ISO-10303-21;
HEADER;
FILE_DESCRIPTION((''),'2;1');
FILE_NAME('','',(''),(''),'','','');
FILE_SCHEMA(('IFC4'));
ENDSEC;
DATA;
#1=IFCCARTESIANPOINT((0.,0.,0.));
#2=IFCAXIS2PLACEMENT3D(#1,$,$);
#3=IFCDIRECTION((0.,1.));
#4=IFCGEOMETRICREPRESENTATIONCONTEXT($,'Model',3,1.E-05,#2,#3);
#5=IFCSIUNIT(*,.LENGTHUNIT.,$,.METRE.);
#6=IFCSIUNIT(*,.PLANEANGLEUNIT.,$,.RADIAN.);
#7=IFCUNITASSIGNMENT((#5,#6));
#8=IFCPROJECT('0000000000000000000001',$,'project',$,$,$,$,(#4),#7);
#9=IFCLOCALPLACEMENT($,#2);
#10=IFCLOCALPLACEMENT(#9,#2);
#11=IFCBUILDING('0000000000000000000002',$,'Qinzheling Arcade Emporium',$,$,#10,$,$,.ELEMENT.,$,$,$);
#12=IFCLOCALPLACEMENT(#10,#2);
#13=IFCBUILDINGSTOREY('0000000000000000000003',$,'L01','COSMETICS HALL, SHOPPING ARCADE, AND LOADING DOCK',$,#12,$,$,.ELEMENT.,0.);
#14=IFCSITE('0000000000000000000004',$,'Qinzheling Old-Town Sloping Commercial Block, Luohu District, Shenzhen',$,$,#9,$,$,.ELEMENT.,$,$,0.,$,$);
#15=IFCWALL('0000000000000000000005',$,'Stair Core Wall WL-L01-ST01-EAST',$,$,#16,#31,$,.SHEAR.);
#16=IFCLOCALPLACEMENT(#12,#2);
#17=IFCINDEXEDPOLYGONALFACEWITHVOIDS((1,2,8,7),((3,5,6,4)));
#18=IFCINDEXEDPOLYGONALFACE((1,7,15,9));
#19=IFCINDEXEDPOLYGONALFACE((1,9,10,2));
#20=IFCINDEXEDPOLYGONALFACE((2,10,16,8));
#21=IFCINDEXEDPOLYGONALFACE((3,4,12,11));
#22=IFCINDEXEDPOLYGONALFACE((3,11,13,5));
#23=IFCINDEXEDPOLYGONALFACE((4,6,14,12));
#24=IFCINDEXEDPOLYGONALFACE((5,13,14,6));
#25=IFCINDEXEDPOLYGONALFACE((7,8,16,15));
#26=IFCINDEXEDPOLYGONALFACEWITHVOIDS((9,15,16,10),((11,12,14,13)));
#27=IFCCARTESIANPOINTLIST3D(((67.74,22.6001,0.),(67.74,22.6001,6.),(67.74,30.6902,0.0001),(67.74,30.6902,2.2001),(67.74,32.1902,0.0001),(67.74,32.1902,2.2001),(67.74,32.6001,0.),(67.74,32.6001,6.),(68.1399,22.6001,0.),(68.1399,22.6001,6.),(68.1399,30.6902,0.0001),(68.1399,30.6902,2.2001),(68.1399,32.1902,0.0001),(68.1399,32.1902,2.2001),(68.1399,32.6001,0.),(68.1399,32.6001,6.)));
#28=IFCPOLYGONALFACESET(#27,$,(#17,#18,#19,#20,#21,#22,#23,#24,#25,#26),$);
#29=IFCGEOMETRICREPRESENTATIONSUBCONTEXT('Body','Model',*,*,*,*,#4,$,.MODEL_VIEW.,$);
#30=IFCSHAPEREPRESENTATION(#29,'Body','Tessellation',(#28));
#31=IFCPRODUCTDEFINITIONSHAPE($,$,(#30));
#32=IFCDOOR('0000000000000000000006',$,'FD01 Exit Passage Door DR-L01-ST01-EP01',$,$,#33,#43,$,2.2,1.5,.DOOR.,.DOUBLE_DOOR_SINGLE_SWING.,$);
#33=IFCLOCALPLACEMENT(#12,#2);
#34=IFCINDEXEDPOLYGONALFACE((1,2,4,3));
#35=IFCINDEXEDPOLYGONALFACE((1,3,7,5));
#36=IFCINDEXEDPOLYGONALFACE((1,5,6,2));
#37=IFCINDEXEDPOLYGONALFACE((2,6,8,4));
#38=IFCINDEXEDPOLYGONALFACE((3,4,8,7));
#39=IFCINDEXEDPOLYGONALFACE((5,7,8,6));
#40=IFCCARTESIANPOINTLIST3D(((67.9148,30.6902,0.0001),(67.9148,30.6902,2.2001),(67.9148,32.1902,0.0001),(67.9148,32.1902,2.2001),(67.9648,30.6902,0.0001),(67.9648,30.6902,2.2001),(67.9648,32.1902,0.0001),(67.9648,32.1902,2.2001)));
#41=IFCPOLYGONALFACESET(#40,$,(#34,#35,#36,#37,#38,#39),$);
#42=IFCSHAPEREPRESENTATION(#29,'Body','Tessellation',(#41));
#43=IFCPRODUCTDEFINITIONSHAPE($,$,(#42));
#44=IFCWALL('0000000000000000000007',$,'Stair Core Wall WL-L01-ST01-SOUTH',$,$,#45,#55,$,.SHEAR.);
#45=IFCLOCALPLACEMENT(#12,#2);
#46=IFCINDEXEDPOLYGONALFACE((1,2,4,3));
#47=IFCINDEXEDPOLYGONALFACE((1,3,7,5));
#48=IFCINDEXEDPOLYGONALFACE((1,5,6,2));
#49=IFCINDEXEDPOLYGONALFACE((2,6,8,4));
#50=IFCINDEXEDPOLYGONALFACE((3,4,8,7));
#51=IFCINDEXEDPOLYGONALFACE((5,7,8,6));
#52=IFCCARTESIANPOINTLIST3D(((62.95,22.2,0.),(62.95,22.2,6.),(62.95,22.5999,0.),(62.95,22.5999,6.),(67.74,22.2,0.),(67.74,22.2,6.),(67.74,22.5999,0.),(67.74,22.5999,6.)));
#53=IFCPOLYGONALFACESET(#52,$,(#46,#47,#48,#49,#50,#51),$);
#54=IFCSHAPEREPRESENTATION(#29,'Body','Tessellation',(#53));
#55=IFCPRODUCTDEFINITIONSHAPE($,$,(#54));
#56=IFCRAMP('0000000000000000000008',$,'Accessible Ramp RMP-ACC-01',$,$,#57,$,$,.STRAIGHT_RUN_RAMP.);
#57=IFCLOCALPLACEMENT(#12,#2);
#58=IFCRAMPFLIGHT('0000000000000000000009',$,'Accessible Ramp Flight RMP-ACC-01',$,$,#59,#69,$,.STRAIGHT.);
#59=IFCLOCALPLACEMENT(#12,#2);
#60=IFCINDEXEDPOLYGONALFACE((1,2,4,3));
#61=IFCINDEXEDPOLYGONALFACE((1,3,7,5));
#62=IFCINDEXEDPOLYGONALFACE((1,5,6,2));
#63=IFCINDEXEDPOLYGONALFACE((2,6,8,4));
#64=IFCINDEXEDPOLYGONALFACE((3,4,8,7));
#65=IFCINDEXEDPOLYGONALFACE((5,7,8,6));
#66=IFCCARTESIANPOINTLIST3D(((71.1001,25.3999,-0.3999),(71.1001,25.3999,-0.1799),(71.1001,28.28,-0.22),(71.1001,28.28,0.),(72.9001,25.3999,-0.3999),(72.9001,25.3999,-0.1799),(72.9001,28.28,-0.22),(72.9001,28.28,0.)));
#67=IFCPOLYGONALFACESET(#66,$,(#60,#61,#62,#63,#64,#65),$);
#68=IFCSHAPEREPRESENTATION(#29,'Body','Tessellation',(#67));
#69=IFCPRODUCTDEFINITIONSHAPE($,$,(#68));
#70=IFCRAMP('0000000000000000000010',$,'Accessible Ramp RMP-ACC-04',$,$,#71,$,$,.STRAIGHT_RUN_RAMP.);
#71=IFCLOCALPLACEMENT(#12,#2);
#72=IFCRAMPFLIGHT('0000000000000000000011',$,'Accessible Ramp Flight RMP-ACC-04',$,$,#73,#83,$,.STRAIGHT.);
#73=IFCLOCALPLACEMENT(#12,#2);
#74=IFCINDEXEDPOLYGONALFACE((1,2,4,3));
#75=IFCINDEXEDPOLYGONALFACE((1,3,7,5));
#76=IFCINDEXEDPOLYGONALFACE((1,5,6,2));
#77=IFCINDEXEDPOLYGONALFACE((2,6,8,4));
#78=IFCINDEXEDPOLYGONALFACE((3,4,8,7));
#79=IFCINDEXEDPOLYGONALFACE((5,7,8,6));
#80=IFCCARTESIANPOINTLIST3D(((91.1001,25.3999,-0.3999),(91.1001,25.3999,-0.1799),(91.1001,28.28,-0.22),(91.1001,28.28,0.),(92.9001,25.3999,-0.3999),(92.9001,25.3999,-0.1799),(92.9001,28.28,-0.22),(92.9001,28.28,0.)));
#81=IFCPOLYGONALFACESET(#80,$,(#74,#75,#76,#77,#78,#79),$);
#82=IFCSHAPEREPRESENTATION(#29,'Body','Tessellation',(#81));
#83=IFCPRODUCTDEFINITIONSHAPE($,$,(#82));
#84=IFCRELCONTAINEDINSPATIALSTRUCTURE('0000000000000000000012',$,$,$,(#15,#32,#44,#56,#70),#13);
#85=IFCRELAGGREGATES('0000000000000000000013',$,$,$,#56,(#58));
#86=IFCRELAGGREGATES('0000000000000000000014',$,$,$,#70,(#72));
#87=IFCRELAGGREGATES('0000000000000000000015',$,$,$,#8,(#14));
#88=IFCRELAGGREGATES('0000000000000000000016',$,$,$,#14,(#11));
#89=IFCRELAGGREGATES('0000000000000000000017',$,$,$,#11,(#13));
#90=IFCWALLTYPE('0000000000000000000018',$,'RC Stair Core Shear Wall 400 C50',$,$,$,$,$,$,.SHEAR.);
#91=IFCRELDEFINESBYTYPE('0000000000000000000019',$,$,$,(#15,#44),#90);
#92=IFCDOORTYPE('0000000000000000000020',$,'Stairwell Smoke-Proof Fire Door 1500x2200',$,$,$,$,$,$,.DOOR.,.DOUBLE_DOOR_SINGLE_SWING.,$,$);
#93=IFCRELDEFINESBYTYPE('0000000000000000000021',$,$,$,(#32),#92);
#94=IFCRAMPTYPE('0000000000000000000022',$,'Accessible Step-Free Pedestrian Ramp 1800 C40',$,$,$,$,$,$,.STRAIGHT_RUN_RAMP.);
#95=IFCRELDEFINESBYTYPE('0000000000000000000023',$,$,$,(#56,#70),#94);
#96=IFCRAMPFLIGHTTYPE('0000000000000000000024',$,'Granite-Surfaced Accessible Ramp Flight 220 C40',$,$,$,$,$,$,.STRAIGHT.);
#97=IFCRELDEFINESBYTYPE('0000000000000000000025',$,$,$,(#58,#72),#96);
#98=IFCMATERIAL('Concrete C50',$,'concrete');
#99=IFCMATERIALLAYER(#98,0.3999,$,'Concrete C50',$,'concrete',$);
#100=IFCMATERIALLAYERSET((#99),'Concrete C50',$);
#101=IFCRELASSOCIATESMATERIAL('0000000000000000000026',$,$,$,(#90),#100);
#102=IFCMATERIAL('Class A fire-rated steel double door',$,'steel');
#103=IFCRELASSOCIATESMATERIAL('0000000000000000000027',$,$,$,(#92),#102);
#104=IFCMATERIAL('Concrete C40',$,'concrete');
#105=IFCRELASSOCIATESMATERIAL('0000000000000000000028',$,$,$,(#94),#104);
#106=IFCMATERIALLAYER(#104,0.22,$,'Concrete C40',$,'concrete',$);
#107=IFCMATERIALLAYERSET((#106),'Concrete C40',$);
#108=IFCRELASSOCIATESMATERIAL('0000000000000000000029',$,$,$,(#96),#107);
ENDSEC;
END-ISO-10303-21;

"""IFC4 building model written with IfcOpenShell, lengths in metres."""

from ifc_helpers import new_model, si_unit, direction, frame, frame_2d, origin, place, context, subcontext, project, spatial, polyline, rectangle, outline, extrude, material, layer, layer_set, type_object, element, fill, aggregate, save


model = new_model("IFC4")

# Units and contexts
model_context = context("Model", 3, precision=1e-05, world=origin(), true_north=direction((0.0, 1.0)))
body_context = subcontext(model_context, "Body", "Model", "MODEL_VIEW")
ifc_project = project(units=[si_unit("LENGTHUNIT", "METRE"), si_unit("PLANEANGLEUNIT", "RADIAN")], contexts=[model_context])

# Site, building, storey
site_placement = place(None, origin())
site = spatial("IfcSite", under=ifc_project, at=site_placement, Name="Qinzheling Old-Town Sloping Commercial Block, Luohu District, Shenzhen", CompositionType="ELEMENT", RefElevation=0.0)
building_placement = place(site_placement, origin())
building = spatial("IfcBuilding", under=site, at=building_placement, Name="Qinzheling Arcade Emporium", CompositionType="ELEMENT")
storey_placement = place(building_placement, origin())
storey = spatial("IfcBuildingStorey", under=building, at=storey_placement, Name="L01", Description="COSMETICS HALL, SHOPPING ARCADE, AND LOADING DOCK", CompositionType="ELEMENT", Elevation=0.0)

# Shared definitions
ifc_material_1 = material(Name="Concrete C50", Category="concrete")

# Shared definitions
ifc_material_2 = material(Name="Concrete C40", Category="concrete")

# Wall, opening, door
ifc_layer_1 = layer(ifc_material_1, 0.3999, Name="Concrete C50", Category="concrete")
ifc_layer_set_1 = layer_set([ifc_layer_1], Name="Concrete C50")
wall_type_1 = type_object("IfcWallType", Name="RC Stair Core Shear Wall 400 C50", PredefinedType="SHEAR", material=ifc_layer_set_1)
wall_1_placement = place(storey_placement, frame((67.9399, 32.6001, 0.0), z_axis=(0.0, 0.0, 1.0), x_axis=(0.0, -1.0, 0.0)))
wall_1 = element("IfcWall", 1, at=wall_1_placement, inside=storey, type_object=wall_type_1, Name="Stair Core Wall WL-L01-ST01-EAST", PredefinedType="SHEAR", context=body_context, shape_type="SweptSolid", body=[
    extrude(rectangle(XDim=10.0, YDim=0.3999, at=frame_2d((5.0, 0.0))), origin(), (0.0, 0.0, 1.0), 6.0),
])
opening_1_placement = place(wall_1_placement, frame((0.4099, 0.0, 0.0)))
opening_1 = element("IfcOpeningElement", 2, at=opening_1_placement, cuts=wall_1, PredefinedType="OPENING", context=body_context, shape_type="SweptSolid", body=[
    extrude(rectangle(XDim=1.5, YDim=2.2, at=frame_2d((0.75, 1.1001))), frame((0.0, 0.21, 0.0), z_axis=(0.0, -1.0, 0.0), x_axis=(1.0, 0.0, 0.0)), (0.0, 0.0, 1.0), 0.4199),
])
ifc_material_3 = material(Name="Class A fire-rated steel double door", Category="steel")
door_type_1 = type_object("IfcDoorType", Name="Stairwell Smoke-Proof Fire Door 1500x2200", OperationType="DOUBLE_DOOR_SINGLE_SWING", PredefinedType="DOOR", material=ifc_material_3)
door_1_placement = place(opening_1_placement, origin())
door_1 = element("IfcDoor", 3, at=door_1_placement, inside=storey, type_object=door_type_1, Name="FD01 Exit Passage Door DR-L01-ST01-EP01", OperationType="DOUBLE_DOOR_SINGLE_SWING", OverallHeight=2.2, OverallWidth=1.5, PredefinedType="DOOR", context=body_context, shape_type="SweptSolid", body=[
    extrude(rectangle(XDim=1.5, YDim=2.2, at=frame_2d((0.75, 1.1001))), frame((0.0, 0.0249, 0.0), z_axis=(0.0, -1.0, 0.0), x_axis=(1.0, 0.0, 0.0)), (0.0, 0.0, 1.0), 0.05),
])
fill(opening_1, door_1)

# Wall
wall_2_placement = place(storey_placement, frame((67.74, 22.3999, 0.0), z_axis=(0.0, 0.0, 1.0), x_axis=(-1.0, 0.0, 0.0)))
element("IfcWall", 4, at=wall_2_placement, inside=storey, type_object=wall_type_1, Name="Stair Core Wall WL-L01-ST01-SOUTH", PredefinedType="SHEAR", context=body_context, shape_type="SweptSolid", body=[
    extrude(rectangle(XDim=4.79, YDim=0.3999, at=frame_2d((2.395, 0.0))), origin(), (0.0, 0.0, 1.0), 6.0),
])

# Ramps, ramp flights
ramp_type = type_object("IfcRampType", Name="Accessible Step-Free Pedestrian Ramp 1800 C40", PredefinedType="STRAIGHT_RUN_RAMP", material=ifc_material_2)
ramp_1_placement = place(storey_placement, origin())
ramp_1 = element("IfcRamp", 5, at=ramp_1_placement, inside=storey, type_object=ramp_type, Name="Accessible Ramp RMP-ACC-01", PredefinedType="STRAIGHT_RUN_RAMP")
ifc_layer_2 = layer(ifc_material_2, 0.22, Name="Concrete C40", Category="concrete")
ifc_layer_set_2 = layer_set([ifc_layer_2], Name="Concrete C40")
ramp_flight_type = type_object("IfcRampFlightType", Name="Granite-Surfaced Accessible Ramp Flight 220 C40", PredefinedType="STRAIGHT", material=ifc_layer_set_2)
ramp_flight_1_placement = place(storey_placement, frame((72.0, 25.3999, -0.1799), z_axis=(0.0, 0.0, 1.0), x_axis=(0.0, 1.0, 0.0)))
ramp_flight_1 = element("IfcRampFlight", 6, at=ramp_flight_1_placement, type_object=ramp_flight_type, Name="Accessible Ramp Flight RMP-ACC-01", PredefinedType="STRAIGHT", context=body_context, shape_type="SweptSolid", body=[
    extrude(outline(polyline([(0.0, 0.0), (2.8801, 0.1799), (2.8801, -0.04), (0.0, -0.22), (0.0, 0.0)])), frame((0.0, 0.8999, 0.0), z_axis=(0.0, -1.0, 0.0), x_axis=(1.0, 0.0, 0.0)), (0.0, 0.0, 1.0), 1.8),
])
aggregate(ramp_1, [ramp_flight_1])
ramp_2_placement = place(storey_placement, origin())
ramp_2 = element("IfcRamp", 7, at=ramp_2_placement, inside=storey, type_object=ramp_type, Name="Accessible Ramp RMP-ACC-04", PredefinedType="STRAIGHT_RUN_RAMP")
ramp_flight_2_placement = place(storey_placement, frame((92.0, 25.3999, -0.1799), z_axis=(0.0, 0.0, 1.0), x_axis=(0.0, 1.0, 0.0)))
ramp_flight_2 = element("IfcRampFlight", 8, at=ramp_flight_2_placement, type_object=ramp_flight_type, Name="Accessible Ramp Flight RMP-ACC-04", PredefinedType="STRAIGHT", context=body_context, shape_type="SweptSolid", body=[
    extrude(outline(polyline([(0.0, 0.0), (2.8801, 0.1799), (2.8801, -0.04), (0.0, -0.22), (0.0, 0.0)])), frame((0.0, 0.8999, 0.0), z_axis=(0.0, -1.0, 0.0), x_axis=(1.0, 0.0, 0.0)), (0.0, 0.0, 1.0), 1.8),
])
aggregate(ramp_2, [ramp_flight_2])

save(model, "model.ifc")
